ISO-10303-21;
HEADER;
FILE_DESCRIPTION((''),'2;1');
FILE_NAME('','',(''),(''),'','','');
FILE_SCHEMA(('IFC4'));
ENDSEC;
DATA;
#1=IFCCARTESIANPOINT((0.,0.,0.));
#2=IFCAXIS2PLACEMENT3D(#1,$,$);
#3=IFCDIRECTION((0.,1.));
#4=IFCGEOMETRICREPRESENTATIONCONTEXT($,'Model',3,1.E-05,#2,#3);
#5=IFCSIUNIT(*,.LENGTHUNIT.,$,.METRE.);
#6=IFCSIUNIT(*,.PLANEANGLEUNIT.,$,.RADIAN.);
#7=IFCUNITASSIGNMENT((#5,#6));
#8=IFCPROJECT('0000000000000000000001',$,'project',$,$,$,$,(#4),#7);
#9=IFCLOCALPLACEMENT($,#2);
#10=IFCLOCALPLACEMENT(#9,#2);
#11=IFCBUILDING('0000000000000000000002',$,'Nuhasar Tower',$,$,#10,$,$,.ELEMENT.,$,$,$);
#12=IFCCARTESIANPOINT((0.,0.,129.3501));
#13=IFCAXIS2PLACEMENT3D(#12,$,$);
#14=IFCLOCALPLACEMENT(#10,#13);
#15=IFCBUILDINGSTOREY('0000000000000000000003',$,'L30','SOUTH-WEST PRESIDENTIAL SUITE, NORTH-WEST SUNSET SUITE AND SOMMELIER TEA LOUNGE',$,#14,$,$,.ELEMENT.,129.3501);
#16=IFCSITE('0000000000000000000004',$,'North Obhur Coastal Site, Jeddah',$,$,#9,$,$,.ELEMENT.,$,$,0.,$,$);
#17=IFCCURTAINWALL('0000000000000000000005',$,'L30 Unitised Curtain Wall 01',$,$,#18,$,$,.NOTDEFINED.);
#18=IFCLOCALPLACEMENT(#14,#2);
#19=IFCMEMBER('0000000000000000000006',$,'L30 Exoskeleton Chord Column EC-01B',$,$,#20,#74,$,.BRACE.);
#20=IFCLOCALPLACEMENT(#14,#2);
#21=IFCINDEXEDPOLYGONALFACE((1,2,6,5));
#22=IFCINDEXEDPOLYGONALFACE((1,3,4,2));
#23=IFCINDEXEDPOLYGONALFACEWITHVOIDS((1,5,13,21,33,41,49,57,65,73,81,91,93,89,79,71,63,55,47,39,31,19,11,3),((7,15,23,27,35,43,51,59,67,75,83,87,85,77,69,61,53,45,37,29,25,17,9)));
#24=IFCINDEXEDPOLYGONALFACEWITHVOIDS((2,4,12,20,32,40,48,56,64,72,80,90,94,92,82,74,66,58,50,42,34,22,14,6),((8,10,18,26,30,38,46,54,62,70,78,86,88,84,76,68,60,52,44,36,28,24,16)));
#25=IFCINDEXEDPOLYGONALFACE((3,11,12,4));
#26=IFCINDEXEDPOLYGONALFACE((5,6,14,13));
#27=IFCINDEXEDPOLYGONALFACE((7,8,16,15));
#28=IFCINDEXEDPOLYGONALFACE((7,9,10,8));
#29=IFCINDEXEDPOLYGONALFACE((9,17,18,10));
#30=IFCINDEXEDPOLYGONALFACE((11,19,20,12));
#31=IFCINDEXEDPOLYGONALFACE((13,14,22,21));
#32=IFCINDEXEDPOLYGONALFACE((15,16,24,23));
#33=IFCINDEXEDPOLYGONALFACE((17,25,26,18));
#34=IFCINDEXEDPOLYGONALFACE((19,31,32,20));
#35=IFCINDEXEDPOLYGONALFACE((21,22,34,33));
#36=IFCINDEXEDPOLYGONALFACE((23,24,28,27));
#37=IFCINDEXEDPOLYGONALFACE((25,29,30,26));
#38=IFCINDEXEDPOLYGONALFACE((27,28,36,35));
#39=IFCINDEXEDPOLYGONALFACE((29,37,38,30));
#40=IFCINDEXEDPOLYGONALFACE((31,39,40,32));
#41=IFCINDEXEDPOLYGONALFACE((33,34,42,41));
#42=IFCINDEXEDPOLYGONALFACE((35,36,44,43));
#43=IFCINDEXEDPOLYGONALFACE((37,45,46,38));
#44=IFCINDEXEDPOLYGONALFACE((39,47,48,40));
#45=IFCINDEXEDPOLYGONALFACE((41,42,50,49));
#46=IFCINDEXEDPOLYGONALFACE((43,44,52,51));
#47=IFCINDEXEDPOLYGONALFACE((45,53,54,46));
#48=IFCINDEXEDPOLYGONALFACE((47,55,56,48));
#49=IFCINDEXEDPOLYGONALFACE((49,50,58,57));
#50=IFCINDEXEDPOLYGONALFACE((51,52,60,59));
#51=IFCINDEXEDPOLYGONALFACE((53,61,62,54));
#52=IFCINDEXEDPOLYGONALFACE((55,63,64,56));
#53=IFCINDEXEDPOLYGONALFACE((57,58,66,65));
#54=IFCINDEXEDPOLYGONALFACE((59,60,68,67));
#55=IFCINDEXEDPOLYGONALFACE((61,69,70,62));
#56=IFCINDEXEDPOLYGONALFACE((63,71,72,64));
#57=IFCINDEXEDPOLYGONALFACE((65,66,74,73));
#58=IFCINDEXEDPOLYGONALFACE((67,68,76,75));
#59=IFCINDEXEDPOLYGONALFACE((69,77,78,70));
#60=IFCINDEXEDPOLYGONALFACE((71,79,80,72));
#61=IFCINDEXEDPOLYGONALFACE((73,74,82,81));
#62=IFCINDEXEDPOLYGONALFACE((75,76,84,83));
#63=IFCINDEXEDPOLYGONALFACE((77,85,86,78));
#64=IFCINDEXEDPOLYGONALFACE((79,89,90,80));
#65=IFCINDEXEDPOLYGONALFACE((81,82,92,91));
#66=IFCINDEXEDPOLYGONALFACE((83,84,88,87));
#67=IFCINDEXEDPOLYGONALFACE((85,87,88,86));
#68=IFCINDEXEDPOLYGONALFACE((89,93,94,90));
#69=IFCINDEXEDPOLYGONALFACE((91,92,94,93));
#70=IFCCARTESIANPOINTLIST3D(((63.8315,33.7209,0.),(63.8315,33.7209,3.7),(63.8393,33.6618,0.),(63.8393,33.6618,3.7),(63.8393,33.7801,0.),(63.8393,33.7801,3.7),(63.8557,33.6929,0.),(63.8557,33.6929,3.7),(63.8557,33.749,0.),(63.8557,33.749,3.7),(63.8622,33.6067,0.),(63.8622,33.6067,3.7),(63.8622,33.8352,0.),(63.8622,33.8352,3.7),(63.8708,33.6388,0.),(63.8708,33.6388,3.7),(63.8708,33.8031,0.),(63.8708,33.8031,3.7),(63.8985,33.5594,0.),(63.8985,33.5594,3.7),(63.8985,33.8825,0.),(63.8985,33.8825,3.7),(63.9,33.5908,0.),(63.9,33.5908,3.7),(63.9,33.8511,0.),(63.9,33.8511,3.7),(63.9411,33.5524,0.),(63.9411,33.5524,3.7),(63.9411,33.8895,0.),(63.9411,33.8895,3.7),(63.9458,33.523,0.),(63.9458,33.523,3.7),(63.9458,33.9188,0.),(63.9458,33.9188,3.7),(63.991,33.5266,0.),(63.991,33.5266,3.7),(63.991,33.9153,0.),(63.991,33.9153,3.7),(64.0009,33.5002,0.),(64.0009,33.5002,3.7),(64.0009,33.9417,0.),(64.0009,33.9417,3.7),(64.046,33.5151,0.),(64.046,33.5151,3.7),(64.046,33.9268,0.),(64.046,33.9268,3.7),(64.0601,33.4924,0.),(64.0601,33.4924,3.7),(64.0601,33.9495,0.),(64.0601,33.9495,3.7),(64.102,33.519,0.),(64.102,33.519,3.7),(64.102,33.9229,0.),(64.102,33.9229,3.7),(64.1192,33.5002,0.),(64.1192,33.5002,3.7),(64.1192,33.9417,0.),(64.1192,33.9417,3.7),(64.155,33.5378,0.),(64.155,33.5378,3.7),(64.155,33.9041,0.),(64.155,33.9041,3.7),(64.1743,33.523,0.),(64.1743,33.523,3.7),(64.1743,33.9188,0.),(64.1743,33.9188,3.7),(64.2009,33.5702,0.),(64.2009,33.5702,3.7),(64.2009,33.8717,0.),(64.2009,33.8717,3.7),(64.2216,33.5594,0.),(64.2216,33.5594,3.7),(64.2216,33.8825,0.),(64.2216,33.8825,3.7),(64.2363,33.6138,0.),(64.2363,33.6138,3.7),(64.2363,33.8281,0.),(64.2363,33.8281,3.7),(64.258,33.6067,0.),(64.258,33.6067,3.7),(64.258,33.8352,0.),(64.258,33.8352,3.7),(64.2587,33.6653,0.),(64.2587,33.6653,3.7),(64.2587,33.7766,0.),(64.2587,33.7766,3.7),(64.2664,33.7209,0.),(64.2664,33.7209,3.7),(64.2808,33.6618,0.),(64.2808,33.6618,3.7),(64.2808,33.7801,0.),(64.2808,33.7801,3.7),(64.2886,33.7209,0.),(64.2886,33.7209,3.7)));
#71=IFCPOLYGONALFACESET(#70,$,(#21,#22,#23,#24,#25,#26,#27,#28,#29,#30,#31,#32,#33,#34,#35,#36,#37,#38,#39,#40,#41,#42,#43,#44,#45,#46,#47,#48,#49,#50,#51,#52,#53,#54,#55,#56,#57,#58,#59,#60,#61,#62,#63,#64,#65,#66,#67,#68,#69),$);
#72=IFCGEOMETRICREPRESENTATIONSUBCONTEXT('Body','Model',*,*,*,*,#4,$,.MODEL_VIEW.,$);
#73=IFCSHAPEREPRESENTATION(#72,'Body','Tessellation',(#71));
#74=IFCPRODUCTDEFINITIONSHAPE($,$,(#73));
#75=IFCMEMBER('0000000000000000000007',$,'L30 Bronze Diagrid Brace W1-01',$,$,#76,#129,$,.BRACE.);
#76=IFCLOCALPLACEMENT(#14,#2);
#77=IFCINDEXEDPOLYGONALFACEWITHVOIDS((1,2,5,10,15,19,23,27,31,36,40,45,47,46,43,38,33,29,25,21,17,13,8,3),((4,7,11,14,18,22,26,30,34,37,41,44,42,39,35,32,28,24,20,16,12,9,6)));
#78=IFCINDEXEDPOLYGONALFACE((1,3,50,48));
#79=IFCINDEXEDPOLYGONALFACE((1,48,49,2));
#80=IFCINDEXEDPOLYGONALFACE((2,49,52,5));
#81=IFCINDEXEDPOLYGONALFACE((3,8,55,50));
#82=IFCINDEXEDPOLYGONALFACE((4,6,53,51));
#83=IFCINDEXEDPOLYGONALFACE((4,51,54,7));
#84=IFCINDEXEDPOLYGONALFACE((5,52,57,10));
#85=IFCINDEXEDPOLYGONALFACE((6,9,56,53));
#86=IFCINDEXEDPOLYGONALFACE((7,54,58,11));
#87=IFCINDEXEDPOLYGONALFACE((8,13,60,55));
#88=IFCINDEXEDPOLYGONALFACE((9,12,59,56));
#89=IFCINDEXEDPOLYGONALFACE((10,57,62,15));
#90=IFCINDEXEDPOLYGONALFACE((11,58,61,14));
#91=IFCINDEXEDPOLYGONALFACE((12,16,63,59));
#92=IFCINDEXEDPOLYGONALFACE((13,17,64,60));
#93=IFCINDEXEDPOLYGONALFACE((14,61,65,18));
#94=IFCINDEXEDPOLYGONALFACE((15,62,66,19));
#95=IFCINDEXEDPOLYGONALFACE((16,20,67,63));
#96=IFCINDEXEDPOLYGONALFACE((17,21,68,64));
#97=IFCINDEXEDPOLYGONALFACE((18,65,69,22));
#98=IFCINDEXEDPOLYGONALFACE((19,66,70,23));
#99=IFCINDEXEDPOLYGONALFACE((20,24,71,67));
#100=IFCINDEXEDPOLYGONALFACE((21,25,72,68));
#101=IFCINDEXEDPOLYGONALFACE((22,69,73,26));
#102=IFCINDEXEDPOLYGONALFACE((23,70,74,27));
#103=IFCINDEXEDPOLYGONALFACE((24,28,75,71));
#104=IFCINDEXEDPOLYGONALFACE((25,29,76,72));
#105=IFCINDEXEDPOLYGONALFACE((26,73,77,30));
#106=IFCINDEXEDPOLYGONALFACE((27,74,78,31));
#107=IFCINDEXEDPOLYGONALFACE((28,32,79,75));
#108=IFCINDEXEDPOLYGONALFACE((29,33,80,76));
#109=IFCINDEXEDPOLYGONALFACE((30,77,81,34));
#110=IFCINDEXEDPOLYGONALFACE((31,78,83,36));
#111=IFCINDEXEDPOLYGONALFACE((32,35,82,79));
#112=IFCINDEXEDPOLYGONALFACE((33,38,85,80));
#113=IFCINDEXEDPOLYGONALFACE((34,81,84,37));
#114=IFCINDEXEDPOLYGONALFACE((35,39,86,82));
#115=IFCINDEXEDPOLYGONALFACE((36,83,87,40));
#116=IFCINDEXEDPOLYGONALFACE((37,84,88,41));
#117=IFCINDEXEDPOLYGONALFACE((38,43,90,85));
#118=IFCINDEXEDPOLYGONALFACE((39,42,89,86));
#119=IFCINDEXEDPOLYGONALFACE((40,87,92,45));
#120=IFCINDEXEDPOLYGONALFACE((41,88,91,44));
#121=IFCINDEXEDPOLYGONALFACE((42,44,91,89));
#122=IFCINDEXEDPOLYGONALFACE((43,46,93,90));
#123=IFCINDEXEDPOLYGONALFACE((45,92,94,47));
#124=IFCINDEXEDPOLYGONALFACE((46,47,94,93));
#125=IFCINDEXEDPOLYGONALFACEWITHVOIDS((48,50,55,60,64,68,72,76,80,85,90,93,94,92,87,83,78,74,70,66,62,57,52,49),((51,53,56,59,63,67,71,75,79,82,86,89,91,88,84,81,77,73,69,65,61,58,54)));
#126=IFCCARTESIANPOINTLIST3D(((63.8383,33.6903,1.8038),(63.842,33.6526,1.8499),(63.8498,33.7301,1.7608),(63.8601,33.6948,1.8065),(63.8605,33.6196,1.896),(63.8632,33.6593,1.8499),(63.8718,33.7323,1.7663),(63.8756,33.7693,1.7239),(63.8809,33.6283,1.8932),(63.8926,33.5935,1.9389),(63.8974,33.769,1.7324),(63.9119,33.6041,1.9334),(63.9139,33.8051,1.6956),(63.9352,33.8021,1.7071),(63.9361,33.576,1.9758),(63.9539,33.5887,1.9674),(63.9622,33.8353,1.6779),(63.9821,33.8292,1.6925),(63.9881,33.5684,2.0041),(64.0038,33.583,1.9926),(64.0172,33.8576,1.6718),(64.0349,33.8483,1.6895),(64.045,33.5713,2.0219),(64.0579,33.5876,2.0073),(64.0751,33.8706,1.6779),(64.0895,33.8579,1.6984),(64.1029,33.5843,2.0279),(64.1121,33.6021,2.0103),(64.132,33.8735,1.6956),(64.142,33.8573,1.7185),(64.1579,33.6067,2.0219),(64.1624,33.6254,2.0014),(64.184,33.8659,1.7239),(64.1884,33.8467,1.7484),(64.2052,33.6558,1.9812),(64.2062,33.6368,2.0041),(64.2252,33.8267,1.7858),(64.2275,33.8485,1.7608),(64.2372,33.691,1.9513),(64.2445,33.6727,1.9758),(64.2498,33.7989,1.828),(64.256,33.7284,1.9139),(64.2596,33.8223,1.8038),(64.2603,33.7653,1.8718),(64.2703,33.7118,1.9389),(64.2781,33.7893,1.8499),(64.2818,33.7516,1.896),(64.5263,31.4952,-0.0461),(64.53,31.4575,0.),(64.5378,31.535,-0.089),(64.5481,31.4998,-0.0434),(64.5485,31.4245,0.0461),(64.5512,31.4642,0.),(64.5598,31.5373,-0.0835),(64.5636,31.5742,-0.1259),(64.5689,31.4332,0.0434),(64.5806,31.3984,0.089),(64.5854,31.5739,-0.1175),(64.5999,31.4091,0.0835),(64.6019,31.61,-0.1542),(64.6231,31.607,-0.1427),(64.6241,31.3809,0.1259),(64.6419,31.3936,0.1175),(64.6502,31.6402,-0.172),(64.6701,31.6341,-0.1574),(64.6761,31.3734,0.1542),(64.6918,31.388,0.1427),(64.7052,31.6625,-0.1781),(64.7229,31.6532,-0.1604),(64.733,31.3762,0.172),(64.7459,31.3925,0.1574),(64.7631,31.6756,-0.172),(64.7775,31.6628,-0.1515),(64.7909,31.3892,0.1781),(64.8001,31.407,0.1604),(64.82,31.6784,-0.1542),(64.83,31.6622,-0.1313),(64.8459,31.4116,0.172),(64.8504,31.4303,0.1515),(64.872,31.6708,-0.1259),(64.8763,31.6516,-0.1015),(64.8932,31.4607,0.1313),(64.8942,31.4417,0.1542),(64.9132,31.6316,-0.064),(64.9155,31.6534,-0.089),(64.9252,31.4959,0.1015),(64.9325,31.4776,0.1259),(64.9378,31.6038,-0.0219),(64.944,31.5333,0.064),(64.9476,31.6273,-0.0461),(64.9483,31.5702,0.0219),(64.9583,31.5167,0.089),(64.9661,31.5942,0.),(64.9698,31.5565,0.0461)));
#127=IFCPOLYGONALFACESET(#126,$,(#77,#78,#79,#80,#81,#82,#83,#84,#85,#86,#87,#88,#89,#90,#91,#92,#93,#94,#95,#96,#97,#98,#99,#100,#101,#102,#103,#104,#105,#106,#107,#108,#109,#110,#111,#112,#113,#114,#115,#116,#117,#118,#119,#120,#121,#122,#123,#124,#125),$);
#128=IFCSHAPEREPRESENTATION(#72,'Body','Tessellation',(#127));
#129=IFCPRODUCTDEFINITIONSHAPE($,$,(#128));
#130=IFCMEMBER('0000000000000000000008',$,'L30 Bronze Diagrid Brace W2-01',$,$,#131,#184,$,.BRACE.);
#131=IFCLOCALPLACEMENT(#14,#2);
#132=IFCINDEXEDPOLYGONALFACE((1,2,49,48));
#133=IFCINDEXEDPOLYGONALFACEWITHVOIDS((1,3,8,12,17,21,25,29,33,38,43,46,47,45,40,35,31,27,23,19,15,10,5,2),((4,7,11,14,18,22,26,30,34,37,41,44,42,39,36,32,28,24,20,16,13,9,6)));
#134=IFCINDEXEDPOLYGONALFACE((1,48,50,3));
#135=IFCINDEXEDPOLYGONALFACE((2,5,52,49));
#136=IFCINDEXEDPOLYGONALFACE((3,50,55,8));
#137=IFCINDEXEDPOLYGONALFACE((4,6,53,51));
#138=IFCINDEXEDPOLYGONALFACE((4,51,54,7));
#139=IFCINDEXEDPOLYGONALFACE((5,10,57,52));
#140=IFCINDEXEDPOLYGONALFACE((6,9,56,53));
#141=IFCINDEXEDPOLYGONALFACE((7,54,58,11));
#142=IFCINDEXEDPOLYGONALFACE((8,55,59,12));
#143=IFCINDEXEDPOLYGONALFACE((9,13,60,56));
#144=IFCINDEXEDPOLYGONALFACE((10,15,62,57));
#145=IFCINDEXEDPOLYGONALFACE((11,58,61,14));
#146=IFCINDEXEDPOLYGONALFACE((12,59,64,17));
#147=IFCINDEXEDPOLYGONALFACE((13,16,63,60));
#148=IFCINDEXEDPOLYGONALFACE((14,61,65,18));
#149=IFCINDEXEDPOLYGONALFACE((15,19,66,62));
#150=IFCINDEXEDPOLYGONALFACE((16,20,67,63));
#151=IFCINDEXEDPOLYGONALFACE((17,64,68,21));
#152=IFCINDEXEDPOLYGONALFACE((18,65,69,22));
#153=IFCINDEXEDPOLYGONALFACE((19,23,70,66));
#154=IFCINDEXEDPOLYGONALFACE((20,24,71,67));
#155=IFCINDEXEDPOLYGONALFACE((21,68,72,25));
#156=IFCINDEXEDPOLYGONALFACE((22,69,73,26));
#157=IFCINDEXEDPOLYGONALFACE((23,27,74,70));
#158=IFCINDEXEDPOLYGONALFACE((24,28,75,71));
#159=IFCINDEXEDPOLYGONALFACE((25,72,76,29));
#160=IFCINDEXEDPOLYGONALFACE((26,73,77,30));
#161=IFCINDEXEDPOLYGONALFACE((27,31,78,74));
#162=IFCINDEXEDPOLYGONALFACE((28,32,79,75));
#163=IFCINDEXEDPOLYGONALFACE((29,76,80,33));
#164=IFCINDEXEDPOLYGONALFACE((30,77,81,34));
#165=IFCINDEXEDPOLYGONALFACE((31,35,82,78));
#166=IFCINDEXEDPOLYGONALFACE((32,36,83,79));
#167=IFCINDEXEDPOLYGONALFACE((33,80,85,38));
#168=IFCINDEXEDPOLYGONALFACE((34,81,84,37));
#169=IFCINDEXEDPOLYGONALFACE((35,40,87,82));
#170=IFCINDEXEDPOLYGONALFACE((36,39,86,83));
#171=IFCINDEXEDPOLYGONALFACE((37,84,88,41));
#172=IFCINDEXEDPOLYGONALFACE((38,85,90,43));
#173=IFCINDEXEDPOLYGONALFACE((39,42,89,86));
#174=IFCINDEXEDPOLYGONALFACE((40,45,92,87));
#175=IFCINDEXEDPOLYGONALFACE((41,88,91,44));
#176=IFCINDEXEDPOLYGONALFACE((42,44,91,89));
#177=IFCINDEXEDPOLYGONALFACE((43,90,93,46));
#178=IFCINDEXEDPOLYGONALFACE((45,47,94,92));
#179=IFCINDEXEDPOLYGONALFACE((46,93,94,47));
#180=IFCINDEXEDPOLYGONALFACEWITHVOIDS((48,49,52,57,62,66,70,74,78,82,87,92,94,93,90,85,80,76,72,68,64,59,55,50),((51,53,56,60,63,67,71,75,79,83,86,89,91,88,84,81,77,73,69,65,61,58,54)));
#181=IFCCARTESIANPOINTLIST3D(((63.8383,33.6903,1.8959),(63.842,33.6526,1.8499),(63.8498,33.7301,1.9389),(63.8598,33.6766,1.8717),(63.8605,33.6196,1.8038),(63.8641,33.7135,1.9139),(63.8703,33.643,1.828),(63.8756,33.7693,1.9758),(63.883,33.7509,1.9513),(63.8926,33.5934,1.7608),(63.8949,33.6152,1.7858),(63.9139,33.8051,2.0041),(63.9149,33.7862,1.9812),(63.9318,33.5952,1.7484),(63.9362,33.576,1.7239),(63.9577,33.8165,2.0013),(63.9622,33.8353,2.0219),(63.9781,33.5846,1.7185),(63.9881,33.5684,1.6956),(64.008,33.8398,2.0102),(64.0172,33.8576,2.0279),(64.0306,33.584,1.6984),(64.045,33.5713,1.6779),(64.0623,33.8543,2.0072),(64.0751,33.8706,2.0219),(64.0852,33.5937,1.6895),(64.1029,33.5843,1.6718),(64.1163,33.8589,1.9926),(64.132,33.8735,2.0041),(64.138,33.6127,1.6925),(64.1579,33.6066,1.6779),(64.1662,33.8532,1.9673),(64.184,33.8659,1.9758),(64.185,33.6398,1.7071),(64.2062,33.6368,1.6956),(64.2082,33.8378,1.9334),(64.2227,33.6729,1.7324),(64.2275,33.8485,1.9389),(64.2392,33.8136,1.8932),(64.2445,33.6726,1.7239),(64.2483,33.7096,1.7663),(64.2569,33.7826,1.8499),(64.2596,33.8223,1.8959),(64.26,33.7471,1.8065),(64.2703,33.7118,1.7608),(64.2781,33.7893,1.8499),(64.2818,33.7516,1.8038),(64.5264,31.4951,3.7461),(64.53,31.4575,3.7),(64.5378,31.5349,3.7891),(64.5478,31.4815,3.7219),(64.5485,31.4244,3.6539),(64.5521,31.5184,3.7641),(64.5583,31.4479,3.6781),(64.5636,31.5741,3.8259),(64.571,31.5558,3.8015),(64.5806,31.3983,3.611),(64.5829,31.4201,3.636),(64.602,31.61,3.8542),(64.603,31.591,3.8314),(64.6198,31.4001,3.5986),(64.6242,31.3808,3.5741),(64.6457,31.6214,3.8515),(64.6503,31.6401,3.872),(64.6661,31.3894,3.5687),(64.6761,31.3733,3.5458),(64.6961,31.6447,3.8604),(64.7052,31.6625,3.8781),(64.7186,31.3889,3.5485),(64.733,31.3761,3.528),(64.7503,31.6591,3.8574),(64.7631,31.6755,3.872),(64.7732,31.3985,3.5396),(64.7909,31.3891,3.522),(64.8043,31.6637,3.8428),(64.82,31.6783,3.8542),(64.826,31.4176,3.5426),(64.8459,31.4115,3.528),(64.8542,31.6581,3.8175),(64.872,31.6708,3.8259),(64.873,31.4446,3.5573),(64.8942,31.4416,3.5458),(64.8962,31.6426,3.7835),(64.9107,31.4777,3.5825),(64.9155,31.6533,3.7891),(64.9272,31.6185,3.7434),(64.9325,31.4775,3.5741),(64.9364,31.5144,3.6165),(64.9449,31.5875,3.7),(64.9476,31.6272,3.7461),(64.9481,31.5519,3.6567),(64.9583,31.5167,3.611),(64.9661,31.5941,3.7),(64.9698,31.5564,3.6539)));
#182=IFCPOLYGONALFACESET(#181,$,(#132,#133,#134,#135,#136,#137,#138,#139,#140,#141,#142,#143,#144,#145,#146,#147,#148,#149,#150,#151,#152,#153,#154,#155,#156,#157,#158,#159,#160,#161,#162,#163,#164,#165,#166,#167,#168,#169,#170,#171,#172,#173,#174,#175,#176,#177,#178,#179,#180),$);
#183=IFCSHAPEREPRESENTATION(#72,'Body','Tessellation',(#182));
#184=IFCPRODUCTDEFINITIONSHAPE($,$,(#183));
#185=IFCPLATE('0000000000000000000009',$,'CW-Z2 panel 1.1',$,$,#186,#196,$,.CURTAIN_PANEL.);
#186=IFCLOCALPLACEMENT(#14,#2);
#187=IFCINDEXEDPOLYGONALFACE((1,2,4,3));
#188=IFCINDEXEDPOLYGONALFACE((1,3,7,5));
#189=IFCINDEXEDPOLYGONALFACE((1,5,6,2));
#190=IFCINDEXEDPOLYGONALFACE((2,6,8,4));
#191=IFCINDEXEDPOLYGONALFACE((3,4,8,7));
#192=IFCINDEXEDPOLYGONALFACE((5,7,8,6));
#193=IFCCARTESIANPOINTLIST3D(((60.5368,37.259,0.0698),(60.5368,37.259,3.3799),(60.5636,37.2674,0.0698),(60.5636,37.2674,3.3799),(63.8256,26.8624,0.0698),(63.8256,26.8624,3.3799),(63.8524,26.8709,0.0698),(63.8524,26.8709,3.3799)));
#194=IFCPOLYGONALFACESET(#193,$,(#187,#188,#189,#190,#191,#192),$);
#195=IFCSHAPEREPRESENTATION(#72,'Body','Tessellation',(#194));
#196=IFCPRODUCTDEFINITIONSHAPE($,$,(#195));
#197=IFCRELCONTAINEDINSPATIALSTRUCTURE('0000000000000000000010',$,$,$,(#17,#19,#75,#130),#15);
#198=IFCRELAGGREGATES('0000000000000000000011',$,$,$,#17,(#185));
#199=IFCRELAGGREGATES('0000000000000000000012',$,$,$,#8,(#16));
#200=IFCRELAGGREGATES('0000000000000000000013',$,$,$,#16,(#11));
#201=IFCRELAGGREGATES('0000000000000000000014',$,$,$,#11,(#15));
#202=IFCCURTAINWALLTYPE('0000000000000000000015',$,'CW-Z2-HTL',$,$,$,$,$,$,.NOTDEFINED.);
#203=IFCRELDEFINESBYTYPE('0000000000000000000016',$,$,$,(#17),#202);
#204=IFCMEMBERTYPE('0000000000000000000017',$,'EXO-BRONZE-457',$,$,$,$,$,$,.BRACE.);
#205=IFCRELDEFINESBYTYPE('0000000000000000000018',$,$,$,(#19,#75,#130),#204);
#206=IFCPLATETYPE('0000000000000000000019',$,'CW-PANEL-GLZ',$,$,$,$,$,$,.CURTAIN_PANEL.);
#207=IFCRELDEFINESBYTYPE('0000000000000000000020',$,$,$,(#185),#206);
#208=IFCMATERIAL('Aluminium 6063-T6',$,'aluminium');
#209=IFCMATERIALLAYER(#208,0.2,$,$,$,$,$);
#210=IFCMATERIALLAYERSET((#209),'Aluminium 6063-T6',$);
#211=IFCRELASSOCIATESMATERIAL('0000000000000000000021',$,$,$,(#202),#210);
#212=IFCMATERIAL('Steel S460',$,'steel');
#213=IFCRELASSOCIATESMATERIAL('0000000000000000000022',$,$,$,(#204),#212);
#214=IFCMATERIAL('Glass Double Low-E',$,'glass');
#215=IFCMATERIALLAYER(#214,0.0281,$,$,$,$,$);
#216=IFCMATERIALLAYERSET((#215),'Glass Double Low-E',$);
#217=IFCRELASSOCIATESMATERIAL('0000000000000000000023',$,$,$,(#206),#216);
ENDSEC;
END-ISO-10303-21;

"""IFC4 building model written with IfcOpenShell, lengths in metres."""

from ifc_helpers import new_model, si_unit, direction, frame, origin, origin_2d, place, context, subcontext, project, spatial, rectangle, hollow_circle, extrude, material, layer, layer_set, material_profile, profile_set, type_object, element, aggregate, save


model = new_model("IFC4")

# Units and contexts
model_context = context("Model", 3, precision=1e-05, world=origin(), true_north=direction((0.0, 1.0)))
body_context = subcontext(model_context, "Body", "Model", "MODEL_VIEW")
ifc_project = project(units=[si_unit("LENGTHUNIT", "METRE"), si_unit("PLANEANGLEUNIT", "RADIAN")], contexts=[model_context])

# Site, building, storey
site_placement = place(None, origin())
site = spatial("IfcSite", under=ifc_project, at=site_placement, Name="North Obhur Coastal Site, Jeddah", CompositionType="ELEMENT", RefElevation=0.0)
building_placement = place(site_placement, origin())
building = spatial("IfcBuilding", under=site, at=building_placement, Name="Nuhasar Tower", CompositionType="ELEMENT")
storey_placement = place(building_placement, frame((0.0, 0.0, 129.3501)))
storey = spatial("IfcBuildingStorey", under=building, at=storey_placement, Name="L30", Description="SOUTH-WEST PRESIDENTIAL SUITE, NORTH-WEST SUNSET SUITE AND SOMMELIER TEA LOUNGE", CompositionType="ELEMENT", Elevation=129.3501)

# Curtain wall
ifc_material_1 = material(Name="Aluminium 6063-T6", Category="aluminium")
ifc_layer_1 = layer(ifc_material_1, 0.2)
ifc_layer_set_1 = layer_set([ifc_layer_1], Name="Aluminium 6063-T6")
curtain_wall_type = type_object("IfcCurtainWallType", Name="CW-Z2-HTL", PredefinedType="NOTDEFINED", material=ifc_layer_set_1)
curtain_wall_1_placement = place(storey_placement, origin())
curtain_wall_1 = element("IfcCurtainWall", 1, at=curtain_wall_1_placement, inside=storey, type_object=curtain_wall_type, Name="L30 Unitised Curtain Wall 01", PredefinedType="NOTDEFINED")

# Members
ifc_material_2 = material(Name="Steel S460", Category="steel")
ifc_material_profile_1 = material_profile(ifc_material_2, hollow_circle(Radius=0.2285, WallThickness=0.0222, at=origin_2d()), Name="HSS457X22.2")
ifc_profile_set_1 = profile_set([ifc_material_profile_1], Name="Steel S460")
member_type_1 = type_object("IfcMemberType", Name="EXO-BRONZE-457", PredefinedType="BRACE", material=ifc_profile_set_1)
for number, where, z_axis, x_axis, name in (
    (2, (64.0601, 33.7209, 0.0), (0.0, 0.0, 1.0), (1.0, 0.0, 0.0), "L30 Exoskeleton Chord Column EC-01B"),
):
    element("IfcMember", number, at=place(storey_placement, frame(where, z_axis=z_axis, x_axis=x_axis)), inside=storey, type_object=member_type_1, Name=name, PredefinedType="BRACE", context=body_context, shape_type="SweptSolid", body=[
        extrude(hollow_circle(Radius=0.2285, WallThickness=0.0222, at=origin_2d()), origin(), (0.0, 0.0, 1.0), 3.7),
    ])
member_1_placement = place(storey_placement, frame((64.748, 31.5259, 0.0), z_axis=(-0.233068, 0.743616, 0.626669), x_axis=(-0.954228, -0.299079, 0.0)))
element("IfcMember", 3, at=member_1_placement, inside=storey, type_object=member_type_1, Name="L30 Bronze Diagrid Brace W1-01", PredefinedType="BRACE", context=body_context, shape_type="SweptSolid", body=[
    extrude(hollow_circle(Radius=0.2285, WallThickness=0.0222, at=origin_2d()), origin(), (0.0, 0.0, 1.0), 2.9519),
])
member_2_placement = place(storey_placement, frame((64.0601, 33.7209, 1.8499), z_axis=(0.233056, -0.743578, 0.626719), x_axis=(0.954228, 0.299079, 0.0)))
element("IfcMember", 4, at=member_2_placement, inside=storey, type_object=member_type_1, Name="L30 Bronze Diagrid Brace W2-01", PredefinedType="BRACE", context=body_context, shape_type="SweptSolid", body=[
    extrude(hollow_circle(Radius=0.2285, WallThickness=0.0222, at=origin_2d()), origin(), (0.0, 0.0, 1.0), 2.9521),
])

# Plate
ifc_material_3 = material(Name="Glass Double Low-E", Category="glass")
ifc_layer_2 = layer(ifc_material_3, 0.0281)
ifc_layer_set_2 = layer_set([ifc_layer_2], Name="Glass Double Low-E")
plate_type = type_object("IfcPlateType", Name="CW-PANEL-GLZ", PredefinedType="CURTAIN_PANEL", material=ifc_layer_set_2)
plate_placement = place(storey_placement, frame((62.1946, 32.0649, 0.0698), z_axis=(0.0, 0.0, 1.0), x_axis=(-0.301604, 0.953433, 0.0)))
plate = element("IfcPlate", 5, at=plate_placement, type_object=plate_type, Name="CW-Z2 panel 1.1", PredefinedType="CURTAIN_PANEL", context=body_context, shape_type="SweptSolid", body=[
    extrude(rectangle(XDim=10.9043, YDim=0.0281, at=origin_2d()), origin(), (0.0, 0.0, 1.0), 3.3101),
])
aggregate(curtain_wall_1, [plate])

save(model, "model.ifc")
